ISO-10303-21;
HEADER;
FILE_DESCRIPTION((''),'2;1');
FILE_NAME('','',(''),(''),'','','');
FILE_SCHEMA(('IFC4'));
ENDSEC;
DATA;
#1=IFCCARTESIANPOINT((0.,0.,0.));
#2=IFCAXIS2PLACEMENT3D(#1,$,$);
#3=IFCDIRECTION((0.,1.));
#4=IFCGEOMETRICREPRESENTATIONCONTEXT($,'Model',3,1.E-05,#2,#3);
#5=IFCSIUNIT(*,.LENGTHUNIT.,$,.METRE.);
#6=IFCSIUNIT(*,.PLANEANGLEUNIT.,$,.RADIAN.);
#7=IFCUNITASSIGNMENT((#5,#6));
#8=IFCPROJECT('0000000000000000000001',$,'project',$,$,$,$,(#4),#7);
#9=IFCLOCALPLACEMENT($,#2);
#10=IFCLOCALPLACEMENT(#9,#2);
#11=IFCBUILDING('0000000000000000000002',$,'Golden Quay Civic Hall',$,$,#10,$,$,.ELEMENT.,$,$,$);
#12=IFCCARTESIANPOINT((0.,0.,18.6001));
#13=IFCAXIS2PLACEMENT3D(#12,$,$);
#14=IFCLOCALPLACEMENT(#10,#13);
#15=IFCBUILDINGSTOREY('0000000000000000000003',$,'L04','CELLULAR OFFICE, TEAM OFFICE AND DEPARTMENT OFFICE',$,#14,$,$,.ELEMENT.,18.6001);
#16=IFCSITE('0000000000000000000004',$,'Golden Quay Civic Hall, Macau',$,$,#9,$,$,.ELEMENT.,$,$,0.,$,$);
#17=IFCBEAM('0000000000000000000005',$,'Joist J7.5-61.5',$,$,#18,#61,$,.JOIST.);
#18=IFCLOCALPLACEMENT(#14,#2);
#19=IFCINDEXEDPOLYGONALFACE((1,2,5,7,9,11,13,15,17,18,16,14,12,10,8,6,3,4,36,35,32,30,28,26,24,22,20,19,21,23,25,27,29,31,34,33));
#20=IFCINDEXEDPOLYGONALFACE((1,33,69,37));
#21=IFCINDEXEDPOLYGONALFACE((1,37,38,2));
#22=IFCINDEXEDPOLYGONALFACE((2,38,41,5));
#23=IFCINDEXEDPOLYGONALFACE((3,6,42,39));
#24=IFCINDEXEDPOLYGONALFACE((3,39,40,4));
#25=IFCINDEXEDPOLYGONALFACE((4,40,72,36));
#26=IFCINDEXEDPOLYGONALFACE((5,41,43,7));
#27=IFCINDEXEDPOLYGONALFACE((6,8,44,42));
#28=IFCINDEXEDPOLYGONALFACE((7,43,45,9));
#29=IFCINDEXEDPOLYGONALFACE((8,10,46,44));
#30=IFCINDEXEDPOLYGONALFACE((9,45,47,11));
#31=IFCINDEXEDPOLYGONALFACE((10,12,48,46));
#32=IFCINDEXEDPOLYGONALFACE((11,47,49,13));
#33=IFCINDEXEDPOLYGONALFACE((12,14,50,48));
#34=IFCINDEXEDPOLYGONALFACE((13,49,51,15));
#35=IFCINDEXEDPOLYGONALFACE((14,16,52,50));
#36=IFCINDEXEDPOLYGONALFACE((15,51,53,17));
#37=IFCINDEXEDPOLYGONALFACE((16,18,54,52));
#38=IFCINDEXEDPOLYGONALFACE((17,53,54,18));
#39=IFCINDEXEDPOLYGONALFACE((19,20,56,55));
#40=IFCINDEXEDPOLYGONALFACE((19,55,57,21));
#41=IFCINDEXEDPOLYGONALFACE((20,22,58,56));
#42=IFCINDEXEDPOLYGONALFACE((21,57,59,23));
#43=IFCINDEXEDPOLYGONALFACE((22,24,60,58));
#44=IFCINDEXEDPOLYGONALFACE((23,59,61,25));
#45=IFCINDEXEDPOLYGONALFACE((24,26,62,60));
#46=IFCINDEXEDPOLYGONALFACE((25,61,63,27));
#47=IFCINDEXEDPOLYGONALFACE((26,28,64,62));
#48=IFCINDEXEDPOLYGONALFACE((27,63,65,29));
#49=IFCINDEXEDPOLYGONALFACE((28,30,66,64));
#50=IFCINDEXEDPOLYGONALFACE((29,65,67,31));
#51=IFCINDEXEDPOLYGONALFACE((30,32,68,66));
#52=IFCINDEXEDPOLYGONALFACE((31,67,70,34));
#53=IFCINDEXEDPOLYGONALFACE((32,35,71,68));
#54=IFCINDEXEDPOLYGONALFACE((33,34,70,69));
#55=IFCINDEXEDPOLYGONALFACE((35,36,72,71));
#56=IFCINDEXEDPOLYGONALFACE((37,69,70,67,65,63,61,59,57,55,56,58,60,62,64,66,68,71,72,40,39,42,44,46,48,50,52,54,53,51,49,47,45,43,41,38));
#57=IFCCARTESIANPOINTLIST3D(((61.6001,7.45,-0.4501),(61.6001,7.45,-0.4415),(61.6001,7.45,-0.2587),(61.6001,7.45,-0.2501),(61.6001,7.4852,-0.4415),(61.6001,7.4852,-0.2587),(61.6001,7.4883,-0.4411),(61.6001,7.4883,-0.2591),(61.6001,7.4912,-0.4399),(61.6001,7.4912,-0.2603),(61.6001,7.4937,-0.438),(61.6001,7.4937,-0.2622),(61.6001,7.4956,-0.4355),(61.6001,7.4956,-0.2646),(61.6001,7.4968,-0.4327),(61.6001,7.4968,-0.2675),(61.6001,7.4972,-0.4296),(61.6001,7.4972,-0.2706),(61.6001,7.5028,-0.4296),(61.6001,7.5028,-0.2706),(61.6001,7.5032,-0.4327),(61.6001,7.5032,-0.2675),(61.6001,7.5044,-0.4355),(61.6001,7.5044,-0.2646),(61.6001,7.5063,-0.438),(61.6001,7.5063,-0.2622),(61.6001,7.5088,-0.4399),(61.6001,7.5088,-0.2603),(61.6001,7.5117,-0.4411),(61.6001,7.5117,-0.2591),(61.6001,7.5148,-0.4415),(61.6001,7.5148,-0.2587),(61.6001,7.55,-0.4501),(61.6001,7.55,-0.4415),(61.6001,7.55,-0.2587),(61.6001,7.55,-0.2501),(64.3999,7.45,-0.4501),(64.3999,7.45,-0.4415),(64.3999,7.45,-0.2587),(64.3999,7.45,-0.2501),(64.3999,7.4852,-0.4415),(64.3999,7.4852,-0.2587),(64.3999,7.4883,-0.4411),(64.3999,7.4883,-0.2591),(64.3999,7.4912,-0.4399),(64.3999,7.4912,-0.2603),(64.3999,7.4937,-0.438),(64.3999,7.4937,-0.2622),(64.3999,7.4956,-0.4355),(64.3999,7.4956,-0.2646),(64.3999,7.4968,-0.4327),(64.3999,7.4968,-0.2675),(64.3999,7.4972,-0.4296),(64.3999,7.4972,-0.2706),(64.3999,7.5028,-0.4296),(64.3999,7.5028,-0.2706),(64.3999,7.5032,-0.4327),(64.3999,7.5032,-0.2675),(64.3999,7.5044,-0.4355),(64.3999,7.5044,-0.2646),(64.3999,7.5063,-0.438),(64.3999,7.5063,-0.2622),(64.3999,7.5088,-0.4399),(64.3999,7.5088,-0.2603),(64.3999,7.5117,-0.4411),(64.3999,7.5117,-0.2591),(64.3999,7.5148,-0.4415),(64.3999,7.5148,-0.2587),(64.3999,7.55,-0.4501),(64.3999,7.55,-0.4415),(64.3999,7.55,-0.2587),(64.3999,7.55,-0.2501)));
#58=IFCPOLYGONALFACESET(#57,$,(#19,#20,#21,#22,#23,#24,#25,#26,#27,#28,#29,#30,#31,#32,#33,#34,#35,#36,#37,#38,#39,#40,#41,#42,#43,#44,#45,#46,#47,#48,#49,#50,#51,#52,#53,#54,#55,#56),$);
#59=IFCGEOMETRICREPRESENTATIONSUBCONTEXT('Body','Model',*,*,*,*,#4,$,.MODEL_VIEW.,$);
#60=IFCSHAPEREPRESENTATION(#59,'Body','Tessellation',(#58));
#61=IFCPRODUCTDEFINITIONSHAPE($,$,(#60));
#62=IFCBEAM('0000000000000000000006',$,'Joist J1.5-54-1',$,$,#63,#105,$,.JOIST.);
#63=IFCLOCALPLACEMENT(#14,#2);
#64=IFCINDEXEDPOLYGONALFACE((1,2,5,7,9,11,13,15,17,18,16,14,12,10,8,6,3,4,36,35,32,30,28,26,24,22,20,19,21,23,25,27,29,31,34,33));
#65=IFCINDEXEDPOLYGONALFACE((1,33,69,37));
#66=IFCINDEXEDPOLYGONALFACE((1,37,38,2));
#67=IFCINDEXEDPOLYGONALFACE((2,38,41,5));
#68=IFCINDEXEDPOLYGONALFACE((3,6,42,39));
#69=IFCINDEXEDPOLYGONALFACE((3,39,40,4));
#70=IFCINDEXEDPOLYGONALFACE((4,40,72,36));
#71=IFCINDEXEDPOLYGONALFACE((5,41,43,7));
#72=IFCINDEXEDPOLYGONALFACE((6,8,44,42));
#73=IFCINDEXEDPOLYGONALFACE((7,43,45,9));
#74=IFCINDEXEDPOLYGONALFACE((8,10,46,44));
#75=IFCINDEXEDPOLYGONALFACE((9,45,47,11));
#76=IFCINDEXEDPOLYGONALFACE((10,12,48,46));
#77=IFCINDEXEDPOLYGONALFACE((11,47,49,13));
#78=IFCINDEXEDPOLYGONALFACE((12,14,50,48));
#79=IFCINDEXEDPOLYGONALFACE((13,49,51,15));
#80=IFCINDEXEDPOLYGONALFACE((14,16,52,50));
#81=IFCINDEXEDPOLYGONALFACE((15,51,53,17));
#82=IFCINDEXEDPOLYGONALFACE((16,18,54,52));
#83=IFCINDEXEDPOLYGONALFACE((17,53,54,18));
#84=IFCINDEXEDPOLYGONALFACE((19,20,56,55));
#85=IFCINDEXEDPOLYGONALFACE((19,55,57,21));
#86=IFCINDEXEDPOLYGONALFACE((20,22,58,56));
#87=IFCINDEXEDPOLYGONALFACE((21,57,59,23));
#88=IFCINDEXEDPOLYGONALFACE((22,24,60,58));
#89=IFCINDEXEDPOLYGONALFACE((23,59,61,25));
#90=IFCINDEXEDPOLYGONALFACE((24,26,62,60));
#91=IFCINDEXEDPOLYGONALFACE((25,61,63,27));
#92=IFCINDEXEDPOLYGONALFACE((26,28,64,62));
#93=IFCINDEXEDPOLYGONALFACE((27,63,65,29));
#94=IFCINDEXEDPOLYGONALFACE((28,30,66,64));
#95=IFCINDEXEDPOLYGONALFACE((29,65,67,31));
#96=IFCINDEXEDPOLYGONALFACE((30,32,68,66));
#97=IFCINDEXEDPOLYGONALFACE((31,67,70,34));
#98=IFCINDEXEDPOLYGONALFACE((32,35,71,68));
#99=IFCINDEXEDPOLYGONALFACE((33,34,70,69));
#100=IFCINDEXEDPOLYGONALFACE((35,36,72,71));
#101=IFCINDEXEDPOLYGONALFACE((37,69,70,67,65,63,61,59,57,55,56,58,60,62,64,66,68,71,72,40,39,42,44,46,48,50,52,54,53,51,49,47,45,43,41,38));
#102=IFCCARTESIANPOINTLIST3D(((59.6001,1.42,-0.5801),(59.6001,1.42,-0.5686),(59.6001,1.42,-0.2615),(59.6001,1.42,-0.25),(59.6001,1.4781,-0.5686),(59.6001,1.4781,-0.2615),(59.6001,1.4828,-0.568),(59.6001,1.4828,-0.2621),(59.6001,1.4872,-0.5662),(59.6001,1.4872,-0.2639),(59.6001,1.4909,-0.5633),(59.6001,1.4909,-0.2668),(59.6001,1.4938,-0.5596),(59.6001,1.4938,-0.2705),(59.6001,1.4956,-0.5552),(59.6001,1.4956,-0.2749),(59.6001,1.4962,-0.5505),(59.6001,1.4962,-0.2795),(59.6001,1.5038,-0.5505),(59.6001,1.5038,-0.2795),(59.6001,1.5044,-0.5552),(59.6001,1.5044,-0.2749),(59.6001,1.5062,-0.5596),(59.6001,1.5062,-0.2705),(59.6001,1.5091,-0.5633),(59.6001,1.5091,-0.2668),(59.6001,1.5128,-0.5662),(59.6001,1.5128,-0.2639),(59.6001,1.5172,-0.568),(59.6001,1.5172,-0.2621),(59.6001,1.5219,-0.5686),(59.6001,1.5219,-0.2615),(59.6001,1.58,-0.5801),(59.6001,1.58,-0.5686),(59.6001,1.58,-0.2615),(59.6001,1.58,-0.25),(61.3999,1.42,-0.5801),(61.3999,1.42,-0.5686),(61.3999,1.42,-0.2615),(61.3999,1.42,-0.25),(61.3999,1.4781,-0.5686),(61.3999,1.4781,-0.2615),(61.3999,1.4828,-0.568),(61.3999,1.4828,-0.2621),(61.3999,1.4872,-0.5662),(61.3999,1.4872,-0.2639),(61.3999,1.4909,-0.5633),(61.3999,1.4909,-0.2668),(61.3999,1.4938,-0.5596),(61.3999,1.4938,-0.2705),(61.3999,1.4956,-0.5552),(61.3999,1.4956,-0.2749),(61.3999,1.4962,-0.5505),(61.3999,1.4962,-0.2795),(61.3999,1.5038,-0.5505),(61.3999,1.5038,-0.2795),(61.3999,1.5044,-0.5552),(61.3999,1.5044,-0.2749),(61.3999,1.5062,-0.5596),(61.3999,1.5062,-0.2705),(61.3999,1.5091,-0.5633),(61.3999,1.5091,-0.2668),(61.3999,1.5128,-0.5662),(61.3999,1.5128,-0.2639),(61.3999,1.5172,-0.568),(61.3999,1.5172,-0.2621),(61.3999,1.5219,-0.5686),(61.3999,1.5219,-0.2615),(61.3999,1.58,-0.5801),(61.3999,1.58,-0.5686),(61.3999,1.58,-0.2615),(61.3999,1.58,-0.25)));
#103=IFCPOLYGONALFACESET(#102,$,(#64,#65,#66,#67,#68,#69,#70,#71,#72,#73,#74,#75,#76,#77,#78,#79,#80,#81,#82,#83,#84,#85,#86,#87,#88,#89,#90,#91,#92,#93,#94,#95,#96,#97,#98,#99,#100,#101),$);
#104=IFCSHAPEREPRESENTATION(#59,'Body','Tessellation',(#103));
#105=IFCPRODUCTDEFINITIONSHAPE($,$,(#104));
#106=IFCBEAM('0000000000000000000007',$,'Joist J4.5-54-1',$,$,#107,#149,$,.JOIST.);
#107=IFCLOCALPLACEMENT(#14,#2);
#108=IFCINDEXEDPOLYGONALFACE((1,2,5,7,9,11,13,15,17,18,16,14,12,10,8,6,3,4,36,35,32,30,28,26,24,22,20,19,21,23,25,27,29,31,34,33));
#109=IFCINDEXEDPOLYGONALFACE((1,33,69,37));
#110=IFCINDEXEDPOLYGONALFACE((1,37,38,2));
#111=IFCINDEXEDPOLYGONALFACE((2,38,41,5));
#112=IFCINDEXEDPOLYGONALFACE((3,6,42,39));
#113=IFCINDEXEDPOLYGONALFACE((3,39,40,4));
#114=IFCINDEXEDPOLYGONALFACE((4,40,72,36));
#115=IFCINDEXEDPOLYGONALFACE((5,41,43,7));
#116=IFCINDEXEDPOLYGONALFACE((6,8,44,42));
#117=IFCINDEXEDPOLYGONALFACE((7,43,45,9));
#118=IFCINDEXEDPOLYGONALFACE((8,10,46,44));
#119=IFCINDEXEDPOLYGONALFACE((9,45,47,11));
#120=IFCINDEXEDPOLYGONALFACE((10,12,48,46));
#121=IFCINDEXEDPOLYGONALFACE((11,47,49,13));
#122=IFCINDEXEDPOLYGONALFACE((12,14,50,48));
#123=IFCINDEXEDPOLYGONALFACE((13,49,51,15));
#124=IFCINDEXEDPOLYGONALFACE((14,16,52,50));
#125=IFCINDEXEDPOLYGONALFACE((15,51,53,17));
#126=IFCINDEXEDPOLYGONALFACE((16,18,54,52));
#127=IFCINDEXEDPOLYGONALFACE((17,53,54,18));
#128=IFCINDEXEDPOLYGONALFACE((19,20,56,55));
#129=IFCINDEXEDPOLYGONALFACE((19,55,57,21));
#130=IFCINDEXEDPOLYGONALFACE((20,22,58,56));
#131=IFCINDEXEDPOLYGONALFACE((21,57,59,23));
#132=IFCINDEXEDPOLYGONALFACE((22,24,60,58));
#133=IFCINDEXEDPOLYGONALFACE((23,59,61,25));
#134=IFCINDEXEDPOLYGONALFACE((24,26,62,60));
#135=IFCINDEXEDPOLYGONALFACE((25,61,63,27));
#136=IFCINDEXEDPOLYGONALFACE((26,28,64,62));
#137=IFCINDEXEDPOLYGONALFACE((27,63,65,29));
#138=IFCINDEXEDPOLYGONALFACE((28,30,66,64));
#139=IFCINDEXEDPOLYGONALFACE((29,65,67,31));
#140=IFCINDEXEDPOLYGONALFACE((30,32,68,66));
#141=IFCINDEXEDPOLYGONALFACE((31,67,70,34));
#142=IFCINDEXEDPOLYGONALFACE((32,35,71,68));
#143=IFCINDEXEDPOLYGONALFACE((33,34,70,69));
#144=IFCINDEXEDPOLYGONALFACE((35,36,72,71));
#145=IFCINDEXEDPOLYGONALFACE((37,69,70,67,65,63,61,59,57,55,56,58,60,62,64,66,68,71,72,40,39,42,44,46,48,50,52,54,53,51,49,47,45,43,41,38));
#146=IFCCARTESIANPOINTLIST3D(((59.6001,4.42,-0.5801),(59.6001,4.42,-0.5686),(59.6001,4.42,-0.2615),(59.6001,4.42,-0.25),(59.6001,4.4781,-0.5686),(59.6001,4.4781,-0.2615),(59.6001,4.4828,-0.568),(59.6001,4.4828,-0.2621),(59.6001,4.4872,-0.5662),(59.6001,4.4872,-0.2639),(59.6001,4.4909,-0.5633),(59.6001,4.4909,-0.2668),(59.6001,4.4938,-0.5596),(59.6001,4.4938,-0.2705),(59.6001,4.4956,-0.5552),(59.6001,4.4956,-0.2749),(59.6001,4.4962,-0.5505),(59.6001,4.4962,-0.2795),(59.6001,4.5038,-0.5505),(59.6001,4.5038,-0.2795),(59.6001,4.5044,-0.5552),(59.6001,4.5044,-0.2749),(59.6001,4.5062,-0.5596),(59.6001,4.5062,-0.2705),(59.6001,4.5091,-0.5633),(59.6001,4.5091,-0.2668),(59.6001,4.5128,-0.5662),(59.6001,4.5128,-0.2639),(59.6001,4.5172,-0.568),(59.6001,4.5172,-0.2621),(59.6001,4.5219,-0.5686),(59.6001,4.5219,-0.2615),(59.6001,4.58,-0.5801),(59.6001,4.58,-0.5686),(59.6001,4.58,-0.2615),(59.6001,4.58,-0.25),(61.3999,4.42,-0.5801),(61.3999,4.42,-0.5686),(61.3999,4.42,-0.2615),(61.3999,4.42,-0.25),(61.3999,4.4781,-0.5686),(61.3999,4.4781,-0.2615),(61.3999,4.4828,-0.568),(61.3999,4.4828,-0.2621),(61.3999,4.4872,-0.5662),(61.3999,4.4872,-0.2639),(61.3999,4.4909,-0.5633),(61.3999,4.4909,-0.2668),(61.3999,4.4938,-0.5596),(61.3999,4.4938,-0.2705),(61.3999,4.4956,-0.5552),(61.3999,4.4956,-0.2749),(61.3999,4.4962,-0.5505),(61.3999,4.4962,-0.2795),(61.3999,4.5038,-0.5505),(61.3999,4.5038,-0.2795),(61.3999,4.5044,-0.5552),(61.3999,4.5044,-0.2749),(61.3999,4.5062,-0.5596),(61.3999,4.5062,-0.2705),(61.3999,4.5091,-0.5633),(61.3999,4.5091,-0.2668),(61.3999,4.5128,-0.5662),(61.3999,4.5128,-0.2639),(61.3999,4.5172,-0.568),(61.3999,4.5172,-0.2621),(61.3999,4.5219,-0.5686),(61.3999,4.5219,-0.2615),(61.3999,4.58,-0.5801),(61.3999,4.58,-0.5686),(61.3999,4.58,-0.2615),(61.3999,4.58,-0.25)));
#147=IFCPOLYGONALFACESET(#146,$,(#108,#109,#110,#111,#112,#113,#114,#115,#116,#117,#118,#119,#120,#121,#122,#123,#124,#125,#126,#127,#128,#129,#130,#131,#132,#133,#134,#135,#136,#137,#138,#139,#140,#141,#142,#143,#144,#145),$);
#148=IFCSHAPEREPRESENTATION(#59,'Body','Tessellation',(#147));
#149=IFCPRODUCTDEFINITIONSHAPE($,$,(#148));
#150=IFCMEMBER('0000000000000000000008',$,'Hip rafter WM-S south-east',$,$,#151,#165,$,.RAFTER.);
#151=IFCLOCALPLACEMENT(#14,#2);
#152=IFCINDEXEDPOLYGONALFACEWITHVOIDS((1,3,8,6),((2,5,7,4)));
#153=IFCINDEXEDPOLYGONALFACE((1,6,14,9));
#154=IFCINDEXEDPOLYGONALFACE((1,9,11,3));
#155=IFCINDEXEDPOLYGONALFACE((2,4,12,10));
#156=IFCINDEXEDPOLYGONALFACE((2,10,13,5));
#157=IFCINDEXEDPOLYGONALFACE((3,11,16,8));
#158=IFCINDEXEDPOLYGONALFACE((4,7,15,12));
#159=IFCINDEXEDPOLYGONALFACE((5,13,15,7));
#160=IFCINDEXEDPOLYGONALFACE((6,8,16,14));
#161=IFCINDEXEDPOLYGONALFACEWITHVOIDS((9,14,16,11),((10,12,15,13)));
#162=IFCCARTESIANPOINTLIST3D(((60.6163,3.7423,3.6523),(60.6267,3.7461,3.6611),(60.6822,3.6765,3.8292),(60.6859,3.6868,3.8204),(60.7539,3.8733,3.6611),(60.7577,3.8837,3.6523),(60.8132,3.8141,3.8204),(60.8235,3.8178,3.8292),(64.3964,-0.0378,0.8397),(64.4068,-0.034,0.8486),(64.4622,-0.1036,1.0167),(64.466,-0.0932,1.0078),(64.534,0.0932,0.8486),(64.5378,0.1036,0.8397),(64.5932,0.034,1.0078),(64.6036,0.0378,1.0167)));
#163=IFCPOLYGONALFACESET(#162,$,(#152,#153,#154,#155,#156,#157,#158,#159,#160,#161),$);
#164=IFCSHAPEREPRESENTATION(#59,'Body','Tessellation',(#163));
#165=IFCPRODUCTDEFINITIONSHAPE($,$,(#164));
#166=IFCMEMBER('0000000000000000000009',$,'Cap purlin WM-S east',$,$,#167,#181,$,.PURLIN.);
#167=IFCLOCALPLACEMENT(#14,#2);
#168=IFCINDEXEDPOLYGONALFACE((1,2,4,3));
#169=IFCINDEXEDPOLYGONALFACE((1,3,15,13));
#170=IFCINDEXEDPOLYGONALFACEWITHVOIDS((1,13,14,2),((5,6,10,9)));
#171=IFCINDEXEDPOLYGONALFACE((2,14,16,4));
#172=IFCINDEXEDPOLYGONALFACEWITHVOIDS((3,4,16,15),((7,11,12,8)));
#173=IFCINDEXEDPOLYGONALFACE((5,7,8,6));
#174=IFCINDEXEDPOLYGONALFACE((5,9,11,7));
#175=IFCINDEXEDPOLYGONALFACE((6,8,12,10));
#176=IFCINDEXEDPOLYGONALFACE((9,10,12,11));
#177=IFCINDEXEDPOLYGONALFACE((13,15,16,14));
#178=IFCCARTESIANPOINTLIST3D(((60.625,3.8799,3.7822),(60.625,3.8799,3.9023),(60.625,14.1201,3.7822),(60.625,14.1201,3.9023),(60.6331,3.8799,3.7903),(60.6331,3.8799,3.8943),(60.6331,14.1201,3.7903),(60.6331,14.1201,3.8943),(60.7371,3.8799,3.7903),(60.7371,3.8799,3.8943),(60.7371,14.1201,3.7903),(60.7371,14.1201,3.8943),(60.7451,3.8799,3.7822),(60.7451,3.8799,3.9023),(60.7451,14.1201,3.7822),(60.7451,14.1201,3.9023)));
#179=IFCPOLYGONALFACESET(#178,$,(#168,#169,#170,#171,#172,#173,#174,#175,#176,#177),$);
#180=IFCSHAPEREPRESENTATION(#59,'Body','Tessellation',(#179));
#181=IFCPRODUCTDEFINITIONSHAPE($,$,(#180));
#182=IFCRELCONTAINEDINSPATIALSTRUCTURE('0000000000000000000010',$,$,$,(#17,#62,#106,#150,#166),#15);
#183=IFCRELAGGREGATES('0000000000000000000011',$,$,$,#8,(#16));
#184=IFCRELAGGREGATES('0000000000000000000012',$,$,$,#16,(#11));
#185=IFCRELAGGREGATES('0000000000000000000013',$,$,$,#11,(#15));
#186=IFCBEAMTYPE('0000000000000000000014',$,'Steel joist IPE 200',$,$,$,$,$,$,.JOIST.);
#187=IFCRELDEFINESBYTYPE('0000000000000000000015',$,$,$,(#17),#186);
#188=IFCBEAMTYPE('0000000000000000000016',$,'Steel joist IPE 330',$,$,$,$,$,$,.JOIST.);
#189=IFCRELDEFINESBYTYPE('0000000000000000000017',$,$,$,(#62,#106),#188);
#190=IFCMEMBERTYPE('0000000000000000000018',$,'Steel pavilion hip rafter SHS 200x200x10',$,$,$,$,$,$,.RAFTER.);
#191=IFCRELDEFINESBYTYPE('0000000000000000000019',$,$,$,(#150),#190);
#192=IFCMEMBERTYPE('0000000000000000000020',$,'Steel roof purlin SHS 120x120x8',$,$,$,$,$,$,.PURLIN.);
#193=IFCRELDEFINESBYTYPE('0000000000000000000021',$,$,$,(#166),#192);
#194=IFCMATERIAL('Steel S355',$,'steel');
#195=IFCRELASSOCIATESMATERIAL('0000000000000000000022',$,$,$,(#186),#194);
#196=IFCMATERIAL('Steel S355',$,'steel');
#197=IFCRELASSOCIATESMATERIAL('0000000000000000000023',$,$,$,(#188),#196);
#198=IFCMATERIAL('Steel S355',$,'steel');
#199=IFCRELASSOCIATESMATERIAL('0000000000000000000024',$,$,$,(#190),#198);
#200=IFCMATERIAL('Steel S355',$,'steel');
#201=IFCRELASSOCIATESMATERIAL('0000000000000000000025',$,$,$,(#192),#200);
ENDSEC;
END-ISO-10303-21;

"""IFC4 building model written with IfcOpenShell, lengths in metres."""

from ifc_helpers import new_model, si_unit, direction, frame, origin, origin_2d, place, context, subcontext, project, spatial, hollow_rectangle, i_section, extrude, material, material_profile, profile_set, type_object, element, save


model = new_model("IFC4")

# Units and contexts
model_context = context("Model", 3, precision=1e-05, world=origin(), true_north=direction((0.0, 1.0)))
body_context = subcontext(model_context, "Body", "Model", "MODEL_VIEW")
ifc_project = project(units=[si_unit("LENGTHUNIT", "METRE"), si_unit("PLANEANGLEUNIT", "RADIAN")], contexts=[model_context])

# Site, building, storey
site_placement = place(None, origin())
site = spatial("IfcSite", under=ifc_project, at=site_placement, Name="Golden Quay Civic Hall, Macau", CompositionType="ELEMENT", RefElevation=0.0)
building_placement = place(site_placement, origin())
building = spatial("IfcBuilding", under=site, at=building_placement, Name="Golden Quay Civic Hall", CompositionType="ELEMENT")
storey_placement = place(building_placement, frame((0.0, 0.0, 18.6001)))
storey = spatial("IfcBuildingStorey", under=building, at=storey_placement, Name="L04", Description="CELLULAR OFFICE, TEAM OFFICE AND DEPARTMENT OFFICE", CompositionType="ELEMENT", Elevation=18.6001)

# Beams
ifc_material_1 = material(Name="Steel S355", Category="steel")
ifc_material_profile_1 = material_profile(ifc_material_1, i_section(OverallWidth=0.1001, OverallDepth=0.2, WebThickness=0.0056, FlangeThickness=0.0085, FilletRadius=0.012, at=origin_2d()), Name="IPE 200")
ifc_profile_set_1 = profile_set([ifc_material_profile_1], Name="Steel S355")
beam_type_1 = type_object("IfcBeamType", Name="Steel joist IPE 200", PredefinedType="JOIST", material=ifc_profile_set_1)
for number, where, z_axis, x_axis, name in (
    (1, (61.6001, 7.5, -0.3501), (1.0, 0.0, 0.0), (0.0, 1.0, 0.0), "Joist J7.5-61.5"),
):
    element("IfcBeam", number, at=place(storey_placement, frame(where, z_axis=z_axis, x_axis=x_axis)), inside=storey, type_object=beam_type_1, Name=name, PredefinedType="JOIST", context=body_context, shape_type="SweptSolid", body=[
        extrude(i_section(OverallWidth=0.1001, OverallDepth=0.2, WebThickness=0.0056, FlangeThickness=0.0085, FilletRadius=0.012, at=origin_2d()), origin(), (0.0, 0.0, 1.0), 2.7998),
    ])
ifc_material_2 = material(Name="Steel S355", Category="steel")
ifc_material_profile_2 = material_profile(ifc_material_2, i_section(OverallWidth=0.1599, OverallDepth=0.3301, WebThickness=0.0076, FlangeThickness=0.0115, FilletRadius=0.0181, at=origin_2d()), Name="IPE 330")
ifc_profile_set_2 = profile_set([ifc_material_profile_2], Name="Steel S355")
beam_type_2 = type_object("IfcBeamType", Name="Steel joist IPE 330", PredefinedType="JOIST", material=ifc_profile_set_2)
for number, where, z_axis, x_axis, name in (
    (2, (59.6001, 1.5, -0.415), (1.0, 0.0, 0.0), (0.0, 1.0, 0.0), "Joist J1.5-54-1"),
    (3, (59.6001, 4.5, -0.415), (1.0, 0.0, 0.0), (0.0, 1.0, 0.0), "Joist J4.5-54-1"),
):
    element("IfcBeam", number, at=place(storey_placement, frame(where, z_axis=z_axis, x_axis=x_axis)), inside=storey, type_object=beam_type_2, Name=name, PredefinedType="JOIST", context=body_context, shape_type="SweptSolid", body=[
        extrude(i_section(OverallWidth=0.1599, OverallDepth=0.3301, WebThickness=0.0076, FlangeThickness=0.0115, FilletRadius=0.0181, at=origin_2d()), origin(), (0.0, 0.0, 1.0), 1.7998),
    ])

# Members
ifc_material_3 = material(Name="Steel S355", Category="steel")
ifc_material_profile_3 = material_profile(ifc_material_3, hollow_rectangle(XDim=0.2, YDim=0.2, WallThickness=0.01, at=origin_2d()), Name="SHS 200x200x10")
ifc_profile_set_3 = profile_set([ifc_material_profile_3], Name="Steel S355")
member_type_1 = type_object("IfcMemberType", Name="Steel pavilion hip rafter SHS 200x200x10", PredefinedType="RAFTER", material=ifc_profile_set_3)
member_1_placement = place(storey_placement, frame((64.5, 0.0, 0.9282), z_axis=(-0.625783, 0.625783, 0.465609), x_axis=(-0.707107, -0.707107, 0.0)))
element("IfcMember", 4, at=member_1_placement, inside=storey, type_object=member_type_1, Name="Hip rafter WM-S south-east", PredefinedType="RAFTER", context=body_context, shape_type="SweptSolid", body=[
    extrude(hollow_rectangle(XDim=0.2, YDim=0.2, WallThickness=0.01, at=origin_2d()), origin(), (0.0, 0.0, 1.0), 6.0405),
])
ifc_material_4 = material(Name="Steel S355", Category="steel")
ifc_material_profile_4 = material_profile(ifc_material_4, hollow_rectangle(XDim=0.1201, YDim=0.1201, WallThickness=0.0081, at=origin_2d()), Name="SHS 120x120x8")
ifc_profile_set_4 = profile_set([ifc_material_profile_4], Name="Steel S355")
member_type_2 = type_object("IfcMemberType", Name="Steel roof purlin SHS 120x120x8", PredefinedType="PURLIN", material=ifc_profile_set_4)
member_2_placement = place(storey_placement, frame((60.6851, 3.8799, 3.8423), z_axis=(0.0, 1.0, 0.0), x_axis=(-1.0, 0.0, 0.0)))
element("IfcMember", 5, at=member_2_placement, inside=storey, type_object=member_type_2, Name="Cap purlin WM-S east", PredefinedType="PURLIN", context=body_context, shape_type="SweptSolid", body=[
    extrude(hollow_rectangle(XDim=0.1201, YDim=0.1201, WallThickness=0.0081, at=origin_2d()), origin(), (0.0, 0.0, 1.0), 10.2402),
])

save(model, "model.ifc")
